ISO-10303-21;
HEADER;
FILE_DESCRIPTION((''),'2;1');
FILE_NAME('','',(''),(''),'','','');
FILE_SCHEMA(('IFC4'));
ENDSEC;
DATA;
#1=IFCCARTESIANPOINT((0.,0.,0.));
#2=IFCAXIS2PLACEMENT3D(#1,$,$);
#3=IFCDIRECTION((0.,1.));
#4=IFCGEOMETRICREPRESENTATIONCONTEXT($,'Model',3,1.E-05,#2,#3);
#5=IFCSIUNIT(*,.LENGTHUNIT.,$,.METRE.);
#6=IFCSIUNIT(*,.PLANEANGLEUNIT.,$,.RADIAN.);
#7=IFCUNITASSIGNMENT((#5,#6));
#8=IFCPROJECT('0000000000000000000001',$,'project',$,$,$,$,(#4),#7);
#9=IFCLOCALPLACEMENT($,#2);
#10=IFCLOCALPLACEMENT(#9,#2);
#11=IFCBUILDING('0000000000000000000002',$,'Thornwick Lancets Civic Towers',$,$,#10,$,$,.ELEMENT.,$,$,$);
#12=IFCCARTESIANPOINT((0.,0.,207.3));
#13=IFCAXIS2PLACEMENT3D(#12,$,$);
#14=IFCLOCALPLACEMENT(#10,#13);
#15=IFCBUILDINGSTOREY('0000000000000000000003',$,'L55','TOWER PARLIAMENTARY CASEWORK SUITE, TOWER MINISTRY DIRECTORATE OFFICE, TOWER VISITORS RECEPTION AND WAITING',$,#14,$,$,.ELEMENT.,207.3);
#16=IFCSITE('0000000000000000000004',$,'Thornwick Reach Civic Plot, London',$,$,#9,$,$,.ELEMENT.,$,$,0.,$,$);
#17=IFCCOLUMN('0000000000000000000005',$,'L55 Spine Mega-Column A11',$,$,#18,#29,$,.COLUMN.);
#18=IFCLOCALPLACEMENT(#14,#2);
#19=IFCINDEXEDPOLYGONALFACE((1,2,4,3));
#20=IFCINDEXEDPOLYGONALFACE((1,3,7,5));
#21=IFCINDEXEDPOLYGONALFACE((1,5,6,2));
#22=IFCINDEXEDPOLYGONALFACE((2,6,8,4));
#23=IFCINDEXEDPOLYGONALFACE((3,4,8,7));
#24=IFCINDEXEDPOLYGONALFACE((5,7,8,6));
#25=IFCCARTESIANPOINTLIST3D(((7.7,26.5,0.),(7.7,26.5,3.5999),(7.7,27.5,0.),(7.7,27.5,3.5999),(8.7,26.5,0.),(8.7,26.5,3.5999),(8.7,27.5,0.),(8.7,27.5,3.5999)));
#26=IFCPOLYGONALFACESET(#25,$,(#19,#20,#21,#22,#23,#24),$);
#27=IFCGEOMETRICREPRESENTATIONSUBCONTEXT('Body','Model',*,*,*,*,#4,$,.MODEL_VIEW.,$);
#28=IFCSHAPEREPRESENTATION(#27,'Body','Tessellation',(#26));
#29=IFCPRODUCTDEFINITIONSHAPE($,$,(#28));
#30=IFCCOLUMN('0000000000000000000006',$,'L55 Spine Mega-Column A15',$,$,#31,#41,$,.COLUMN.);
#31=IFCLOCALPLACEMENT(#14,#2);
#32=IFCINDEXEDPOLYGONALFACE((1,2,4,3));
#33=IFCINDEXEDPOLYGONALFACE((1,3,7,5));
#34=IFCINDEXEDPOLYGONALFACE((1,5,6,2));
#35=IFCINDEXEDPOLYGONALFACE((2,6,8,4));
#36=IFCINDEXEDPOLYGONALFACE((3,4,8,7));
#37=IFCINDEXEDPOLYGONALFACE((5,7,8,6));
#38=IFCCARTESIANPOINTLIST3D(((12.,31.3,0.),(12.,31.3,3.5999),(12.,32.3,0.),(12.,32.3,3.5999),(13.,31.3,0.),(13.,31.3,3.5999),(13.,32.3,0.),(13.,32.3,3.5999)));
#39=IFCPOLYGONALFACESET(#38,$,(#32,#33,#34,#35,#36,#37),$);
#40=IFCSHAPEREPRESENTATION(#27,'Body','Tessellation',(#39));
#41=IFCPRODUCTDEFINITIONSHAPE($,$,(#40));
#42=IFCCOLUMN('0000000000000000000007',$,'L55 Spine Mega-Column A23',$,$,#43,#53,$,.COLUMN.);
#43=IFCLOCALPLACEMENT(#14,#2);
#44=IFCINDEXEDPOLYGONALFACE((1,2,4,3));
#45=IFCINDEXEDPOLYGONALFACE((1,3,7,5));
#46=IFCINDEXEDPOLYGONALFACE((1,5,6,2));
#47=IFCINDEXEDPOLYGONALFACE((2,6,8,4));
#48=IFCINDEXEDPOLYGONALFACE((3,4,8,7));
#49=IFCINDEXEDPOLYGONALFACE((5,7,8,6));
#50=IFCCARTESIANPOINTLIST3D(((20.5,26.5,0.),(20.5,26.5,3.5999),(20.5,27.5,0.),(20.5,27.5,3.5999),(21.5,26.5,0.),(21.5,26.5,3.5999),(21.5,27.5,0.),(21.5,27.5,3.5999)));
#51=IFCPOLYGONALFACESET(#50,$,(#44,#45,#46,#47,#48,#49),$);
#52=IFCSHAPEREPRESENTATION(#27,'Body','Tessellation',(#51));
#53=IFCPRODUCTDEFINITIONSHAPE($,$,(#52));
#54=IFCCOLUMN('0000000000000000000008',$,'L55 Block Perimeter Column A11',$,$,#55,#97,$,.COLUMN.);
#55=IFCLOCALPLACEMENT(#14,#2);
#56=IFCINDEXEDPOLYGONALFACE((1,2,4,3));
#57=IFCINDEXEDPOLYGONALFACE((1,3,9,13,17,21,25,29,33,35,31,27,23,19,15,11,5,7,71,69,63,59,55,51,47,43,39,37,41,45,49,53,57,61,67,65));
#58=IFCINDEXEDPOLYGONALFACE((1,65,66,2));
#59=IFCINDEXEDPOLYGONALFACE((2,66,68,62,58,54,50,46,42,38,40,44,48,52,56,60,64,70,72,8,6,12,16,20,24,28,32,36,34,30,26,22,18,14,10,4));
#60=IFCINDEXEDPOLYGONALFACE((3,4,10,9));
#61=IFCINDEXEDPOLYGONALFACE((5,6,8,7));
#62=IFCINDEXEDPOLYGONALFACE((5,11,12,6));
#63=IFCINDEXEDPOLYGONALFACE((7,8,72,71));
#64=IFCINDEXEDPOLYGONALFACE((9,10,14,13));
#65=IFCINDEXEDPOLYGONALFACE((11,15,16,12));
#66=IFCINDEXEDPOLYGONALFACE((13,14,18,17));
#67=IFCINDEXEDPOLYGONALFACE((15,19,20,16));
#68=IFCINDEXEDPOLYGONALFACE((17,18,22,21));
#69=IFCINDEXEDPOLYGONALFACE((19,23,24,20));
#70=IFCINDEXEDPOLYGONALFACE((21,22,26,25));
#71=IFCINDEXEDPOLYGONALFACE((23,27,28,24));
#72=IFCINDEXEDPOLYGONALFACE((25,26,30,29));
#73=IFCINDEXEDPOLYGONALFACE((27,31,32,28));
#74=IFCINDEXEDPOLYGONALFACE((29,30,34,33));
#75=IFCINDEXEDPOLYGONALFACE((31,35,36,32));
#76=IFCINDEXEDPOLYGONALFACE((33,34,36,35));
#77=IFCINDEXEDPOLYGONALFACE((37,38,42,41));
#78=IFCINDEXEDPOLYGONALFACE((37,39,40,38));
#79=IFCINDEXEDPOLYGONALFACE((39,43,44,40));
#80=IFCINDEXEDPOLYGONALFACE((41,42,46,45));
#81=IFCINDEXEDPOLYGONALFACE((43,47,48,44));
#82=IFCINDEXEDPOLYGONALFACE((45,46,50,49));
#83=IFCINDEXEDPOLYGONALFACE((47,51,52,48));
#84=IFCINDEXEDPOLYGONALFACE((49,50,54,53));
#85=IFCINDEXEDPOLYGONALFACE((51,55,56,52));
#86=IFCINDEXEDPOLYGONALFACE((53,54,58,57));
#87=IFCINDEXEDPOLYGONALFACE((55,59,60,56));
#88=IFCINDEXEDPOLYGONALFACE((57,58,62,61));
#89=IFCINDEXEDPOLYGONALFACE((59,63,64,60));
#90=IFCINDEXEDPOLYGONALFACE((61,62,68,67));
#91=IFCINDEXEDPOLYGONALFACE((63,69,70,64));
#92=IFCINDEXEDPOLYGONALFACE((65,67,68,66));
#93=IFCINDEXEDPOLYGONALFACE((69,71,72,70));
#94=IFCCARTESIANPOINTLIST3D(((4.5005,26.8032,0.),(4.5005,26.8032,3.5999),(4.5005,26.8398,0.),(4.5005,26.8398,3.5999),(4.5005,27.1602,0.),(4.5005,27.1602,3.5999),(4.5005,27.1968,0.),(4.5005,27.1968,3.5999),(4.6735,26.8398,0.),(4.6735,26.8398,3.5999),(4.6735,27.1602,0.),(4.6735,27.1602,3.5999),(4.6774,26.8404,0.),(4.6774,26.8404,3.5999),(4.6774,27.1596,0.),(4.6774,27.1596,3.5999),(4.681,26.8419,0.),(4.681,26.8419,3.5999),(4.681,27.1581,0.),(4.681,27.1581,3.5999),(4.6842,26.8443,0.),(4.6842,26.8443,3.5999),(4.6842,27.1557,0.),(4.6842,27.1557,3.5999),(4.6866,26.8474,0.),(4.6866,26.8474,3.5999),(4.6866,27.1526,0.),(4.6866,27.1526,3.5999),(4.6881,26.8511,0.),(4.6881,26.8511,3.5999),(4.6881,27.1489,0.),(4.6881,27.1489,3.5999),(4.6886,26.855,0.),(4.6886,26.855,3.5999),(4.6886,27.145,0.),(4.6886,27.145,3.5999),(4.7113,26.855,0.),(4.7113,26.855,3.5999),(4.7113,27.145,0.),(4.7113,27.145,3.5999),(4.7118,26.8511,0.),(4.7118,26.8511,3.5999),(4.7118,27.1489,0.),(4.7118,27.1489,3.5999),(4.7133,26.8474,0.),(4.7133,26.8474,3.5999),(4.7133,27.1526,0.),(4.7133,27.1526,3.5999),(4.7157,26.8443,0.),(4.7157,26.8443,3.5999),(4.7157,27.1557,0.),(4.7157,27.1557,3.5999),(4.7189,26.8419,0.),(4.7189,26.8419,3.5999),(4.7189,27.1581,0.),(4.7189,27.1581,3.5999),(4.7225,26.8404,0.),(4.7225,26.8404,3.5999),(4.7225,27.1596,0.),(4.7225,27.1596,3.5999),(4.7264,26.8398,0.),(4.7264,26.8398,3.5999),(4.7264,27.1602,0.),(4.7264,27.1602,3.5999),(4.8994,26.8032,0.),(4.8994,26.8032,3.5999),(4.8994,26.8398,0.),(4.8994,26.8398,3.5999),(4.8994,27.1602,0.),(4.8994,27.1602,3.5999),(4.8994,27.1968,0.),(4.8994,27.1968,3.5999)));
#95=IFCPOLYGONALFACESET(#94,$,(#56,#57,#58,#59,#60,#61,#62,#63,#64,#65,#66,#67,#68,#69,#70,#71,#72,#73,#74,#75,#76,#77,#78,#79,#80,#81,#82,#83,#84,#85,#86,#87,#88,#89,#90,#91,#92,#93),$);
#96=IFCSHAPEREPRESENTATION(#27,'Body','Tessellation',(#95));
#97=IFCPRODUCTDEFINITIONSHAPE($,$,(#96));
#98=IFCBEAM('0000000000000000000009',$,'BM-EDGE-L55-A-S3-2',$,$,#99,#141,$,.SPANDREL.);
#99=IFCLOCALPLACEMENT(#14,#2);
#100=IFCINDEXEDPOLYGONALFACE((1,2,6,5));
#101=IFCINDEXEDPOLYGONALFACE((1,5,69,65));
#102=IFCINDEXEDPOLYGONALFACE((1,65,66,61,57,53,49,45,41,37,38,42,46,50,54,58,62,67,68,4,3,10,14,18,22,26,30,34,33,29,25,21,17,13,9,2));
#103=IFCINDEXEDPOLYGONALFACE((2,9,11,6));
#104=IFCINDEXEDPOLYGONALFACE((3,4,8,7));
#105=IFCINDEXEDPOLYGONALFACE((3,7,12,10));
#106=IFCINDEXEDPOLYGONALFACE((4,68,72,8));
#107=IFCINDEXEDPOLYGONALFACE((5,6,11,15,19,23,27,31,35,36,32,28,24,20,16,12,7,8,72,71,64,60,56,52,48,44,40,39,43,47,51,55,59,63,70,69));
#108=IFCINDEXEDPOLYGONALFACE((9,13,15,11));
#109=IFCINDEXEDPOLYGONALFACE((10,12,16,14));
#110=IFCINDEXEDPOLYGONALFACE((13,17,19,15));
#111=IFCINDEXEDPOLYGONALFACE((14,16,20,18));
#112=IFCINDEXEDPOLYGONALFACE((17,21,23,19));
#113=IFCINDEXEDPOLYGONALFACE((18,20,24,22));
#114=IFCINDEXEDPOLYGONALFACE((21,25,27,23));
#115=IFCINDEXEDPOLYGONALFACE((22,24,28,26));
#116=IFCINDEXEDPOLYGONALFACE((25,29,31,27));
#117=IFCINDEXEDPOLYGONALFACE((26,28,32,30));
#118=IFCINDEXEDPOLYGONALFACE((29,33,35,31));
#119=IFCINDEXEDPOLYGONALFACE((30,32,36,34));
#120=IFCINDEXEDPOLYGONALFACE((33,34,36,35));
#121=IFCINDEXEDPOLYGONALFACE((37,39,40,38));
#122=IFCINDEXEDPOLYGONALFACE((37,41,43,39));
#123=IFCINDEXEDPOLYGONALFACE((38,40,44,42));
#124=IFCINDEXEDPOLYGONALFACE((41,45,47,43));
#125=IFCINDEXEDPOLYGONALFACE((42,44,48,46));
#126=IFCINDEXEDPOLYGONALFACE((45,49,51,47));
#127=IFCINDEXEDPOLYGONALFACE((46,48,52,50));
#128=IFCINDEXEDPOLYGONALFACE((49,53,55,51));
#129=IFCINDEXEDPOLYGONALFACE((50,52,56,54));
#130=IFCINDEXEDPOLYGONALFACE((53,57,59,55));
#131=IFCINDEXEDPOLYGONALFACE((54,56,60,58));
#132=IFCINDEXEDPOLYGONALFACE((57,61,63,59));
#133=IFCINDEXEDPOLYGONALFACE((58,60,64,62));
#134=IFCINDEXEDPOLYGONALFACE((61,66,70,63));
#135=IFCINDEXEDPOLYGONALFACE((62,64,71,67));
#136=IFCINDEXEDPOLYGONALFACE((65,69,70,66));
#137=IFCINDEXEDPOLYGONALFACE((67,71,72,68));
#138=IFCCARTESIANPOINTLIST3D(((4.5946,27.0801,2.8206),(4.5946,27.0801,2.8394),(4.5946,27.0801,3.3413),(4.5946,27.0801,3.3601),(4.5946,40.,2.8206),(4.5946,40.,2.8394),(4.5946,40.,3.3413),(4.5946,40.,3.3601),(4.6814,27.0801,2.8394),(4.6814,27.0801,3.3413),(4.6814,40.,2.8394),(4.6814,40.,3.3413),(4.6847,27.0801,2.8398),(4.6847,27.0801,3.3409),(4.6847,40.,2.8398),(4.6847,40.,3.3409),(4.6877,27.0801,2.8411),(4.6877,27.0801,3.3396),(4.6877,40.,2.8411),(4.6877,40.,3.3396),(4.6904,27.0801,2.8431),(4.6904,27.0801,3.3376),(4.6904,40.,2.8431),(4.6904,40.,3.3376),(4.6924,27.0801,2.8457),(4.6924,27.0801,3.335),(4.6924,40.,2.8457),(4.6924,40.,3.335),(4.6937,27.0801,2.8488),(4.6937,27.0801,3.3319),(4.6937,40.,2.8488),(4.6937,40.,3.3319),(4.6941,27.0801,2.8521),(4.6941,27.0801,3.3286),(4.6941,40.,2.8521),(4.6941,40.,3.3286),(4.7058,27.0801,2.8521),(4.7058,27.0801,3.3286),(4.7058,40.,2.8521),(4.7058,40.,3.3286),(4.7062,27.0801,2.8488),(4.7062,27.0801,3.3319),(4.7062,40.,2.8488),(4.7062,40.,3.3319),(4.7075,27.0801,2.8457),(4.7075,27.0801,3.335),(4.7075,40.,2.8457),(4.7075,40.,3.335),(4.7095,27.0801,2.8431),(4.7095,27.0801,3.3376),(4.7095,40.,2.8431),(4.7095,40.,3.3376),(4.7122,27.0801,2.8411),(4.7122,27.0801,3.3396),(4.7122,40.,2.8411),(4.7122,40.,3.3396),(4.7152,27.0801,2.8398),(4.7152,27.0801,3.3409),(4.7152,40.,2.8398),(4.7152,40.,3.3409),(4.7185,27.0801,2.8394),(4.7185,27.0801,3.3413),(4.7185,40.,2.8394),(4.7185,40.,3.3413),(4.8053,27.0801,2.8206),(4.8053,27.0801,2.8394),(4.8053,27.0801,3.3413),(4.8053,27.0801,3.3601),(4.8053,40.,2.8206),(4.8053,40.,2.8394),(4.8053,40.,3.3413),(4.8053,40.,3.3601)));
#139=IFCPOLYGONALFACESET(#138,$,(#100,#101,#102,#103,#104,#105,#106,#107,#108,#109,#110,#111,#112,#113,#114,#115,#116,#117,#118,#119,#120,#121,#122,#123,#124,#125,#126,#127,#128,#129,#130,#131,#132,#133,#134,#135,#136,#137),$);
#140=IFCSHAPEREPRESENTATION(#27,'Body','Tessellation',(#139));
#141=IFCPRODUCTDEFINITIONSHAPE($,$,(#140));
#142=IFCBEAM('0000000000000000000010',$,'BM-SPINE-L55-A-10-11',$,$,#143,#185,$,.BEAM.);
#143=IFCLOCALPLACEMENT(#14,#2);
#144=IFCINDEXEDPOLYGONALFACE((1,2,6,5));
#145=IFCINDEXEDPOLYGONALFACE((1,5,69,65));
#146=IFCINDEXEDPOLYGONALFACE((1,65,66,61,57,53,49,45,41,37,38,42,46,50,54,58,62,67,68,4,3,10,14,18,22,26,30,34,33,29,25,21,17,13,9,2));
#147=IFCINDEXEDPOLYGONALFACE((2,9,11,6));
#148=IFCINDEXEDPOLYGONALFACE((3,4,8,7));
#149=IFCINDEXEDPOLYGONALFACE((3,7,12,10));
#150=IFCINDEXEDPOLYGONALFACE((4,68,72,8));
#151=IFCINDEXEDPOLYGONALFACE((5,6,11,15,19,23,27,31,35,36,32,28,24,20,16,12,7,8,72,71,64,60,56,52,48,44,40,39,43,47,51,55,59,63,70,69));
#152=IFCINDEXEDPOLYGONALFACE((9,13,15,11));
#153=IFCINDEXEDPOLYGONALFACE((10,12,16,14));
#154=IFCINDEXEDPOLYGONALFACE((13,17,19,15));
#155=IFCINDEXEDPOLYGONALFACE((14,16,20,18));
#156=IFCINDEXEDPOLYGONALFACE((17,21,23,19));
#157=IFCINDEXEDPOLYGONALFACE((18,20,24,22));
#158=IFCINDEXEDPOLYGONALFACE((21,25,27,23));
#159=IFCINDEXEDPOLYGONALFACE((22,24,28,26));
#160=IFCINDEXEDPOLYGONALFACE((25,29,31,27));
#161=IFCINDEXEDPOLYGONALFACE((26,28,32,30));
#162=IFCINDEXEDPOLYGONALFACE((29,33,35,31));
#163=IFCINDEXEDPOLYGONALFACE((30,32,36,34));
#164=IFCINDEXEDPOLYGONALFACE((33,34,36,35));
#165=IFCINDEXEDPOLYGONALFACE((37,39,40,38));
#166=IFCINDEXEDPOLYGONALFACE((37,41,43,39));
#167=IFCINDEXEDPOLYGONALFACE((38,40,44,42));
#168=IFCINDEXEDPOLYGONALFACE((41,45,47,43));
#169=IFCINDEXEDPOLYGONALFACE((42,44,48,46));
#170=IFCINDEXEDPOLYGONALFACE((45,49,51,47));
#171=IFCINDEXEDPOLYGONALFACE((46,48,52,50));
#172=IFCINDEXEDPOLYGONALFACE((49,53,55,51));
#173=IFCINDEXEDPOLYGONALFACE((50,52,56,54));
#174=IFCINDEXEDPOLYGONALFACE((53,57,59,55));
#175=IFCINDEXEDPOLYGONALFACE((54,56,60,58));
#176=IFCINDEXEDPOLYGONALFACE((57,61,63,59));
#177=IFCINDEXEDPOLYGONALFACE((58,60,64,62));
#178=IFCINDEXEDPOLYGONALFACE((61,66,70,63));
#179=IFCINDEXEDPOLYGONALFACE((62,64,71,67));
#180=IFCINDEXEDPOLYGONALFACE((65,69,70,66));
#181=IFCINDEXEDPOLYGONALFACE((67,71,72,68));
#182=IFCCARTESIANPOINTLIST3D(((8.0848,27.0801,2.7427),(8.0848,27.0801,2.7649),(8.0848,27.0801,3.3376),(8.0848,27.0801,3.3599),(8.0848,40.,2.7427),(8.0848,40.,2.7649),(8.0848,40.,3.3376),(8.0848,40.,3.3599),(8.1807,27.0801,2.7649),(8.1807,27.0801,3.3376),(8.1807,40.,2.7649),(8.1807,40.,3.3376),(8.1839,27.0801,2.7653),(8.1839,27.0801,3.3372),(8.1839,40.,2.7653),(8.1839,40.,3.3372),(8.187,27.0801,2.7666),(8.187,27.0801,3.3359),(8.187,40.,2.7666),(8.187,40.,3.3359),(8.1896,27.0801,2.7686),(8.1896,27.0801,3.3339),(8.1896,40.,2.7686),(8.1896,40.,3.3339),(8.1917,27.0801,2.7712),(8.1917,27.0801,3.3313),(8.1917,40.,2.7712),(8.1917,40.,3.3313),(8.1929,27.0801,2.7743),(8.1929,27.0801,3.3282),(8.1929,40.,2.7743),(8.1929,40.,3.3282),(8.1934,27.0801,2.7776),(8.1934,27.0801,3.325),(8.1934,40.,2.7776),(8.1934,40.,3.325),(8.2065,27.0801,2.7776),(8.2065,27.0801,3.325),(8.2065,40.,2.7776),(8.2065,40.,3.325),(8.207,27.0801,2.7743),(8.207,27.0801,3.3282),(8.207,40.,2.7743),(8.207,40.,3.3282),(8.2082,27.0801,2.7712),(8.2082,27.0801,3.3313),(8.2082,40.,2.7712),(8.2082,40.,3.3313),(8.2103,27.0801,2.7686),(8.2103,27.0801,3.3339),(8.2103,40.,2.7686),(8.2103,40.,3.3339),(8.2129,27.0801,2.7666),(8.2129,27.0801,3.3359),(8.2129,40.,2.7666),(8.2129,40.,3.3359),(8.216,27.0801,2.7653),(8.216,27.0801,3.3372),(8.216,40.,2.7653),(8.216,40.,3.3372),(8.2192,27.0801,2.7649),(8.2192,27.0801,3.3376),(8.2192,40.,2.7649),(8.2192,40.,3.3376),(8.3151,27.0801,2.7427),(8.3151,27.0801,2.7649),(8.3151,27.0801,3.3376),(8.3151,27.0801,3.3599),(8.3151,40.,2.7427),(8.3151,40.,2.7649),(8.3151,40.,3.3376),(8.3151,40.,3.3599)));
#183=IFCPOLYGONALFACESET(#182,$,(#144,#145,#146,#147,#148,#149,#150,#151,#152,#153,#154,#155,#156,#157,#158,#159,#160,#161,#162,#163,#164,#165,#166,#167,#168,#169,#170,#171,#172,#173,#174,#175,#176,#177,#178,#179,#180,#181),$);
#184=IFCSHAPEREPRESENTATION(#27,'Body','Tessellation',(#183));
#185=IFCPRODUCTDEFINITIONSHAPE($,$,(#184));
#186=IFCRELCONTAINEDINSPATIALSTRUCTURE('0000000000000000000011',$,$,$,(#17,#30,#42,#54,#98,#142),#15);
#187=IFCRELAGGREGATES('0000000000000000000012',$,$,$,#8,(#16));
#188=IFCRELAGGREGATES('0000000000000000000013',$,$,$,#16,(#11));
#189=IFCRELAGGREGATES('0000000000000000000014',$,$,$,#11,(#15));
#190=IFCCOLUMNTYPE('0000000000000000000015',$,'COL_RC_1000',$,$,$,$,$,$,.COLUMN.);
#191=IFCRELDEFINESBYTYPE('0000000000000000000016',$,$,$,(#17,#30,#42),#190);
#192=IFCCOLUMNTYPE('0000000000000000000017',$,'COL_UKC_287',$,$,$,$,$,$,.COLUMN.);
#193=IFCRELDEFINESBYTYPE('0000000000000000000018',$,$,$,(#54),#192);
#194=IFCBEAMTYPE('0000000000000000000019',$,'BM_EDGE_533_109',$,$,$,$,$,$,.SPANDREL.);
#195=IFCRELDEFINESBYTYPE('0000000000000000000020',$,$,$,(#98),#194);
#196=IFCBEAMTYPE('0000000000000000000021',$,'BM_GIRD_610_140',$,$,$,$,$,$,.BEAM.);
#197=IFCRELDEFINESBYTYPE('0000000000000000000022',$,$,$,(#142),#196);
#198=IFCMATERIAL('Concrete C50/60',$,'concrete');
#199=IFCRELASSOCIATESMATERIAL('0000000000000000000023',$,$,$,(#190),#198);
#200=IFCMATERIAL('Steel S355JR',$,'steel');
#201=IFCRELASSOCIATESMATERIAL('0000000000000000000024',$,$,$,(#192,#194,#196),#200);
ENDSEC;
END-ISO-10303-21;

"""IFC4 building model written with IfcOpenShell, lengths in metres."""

from ifc_helpers import new_model, si_unit, direction, frame, origin, origin_2d, place, context, subcontext, project, spatial, rectangle, i_section, extrude, material, material_profile, profile_set, type_object, element, save


model = new_model("IFC4")

# Units and contexts
model_context = context("Model", 3, precision=1e-05, world=origin(), true_north=direction((0.0, 1.0)))
body_context = subcontext(model_context, "Body", "Model", "MODEL_VIEW")
ifc_project = project(units=[si_unit("LENGTHUNIT", "METRE"), si_unit("PLANEANGLEUNIT", "RADIAN")], contexts=[model_context])

# Site, building, storey
site_placement = place(None, origin())
site = spatial("IfcSite", under=ifc_project, at=site_placement, Name="Thornwick Reach Civic Plot, London", CompositionType="ELEMENT", RefElevation=0.0)
building_placement = place(site_placement, origin())
building = spatial("IfcBuilding", under=site, at=building_placement, Name="Thornwick Lancets Civic Towers", CompositionType="ELEMENT")
storey_placement = place(building_placement, frame((0.0, 0.0, 207.3)))
storey = spatial("IfcBuildingStorey", under=building, at=storey_placement, Name="L55", Description="TOWER PARLIAMENTARY CASEWORK SUITE, TOWER MINISTRY DIRECTORATE OFFICE, TOWER VISITORS RECEPTION AND WAITING", CompositionType="ELEMENT", Elevation=207.3)

# Columns
ifc_material_1 = material(Name="Concrete C50/60", Category="concrete")
ifc_material_profile_1 = material_profile(ifc_material_1, rectangle(XDim=1.0, YDim=1.0, at=origin_2d()), Name="RC 1000x1000")
ifc_profile_set_1 = profile_set([ifc_material_profile_1], Name="Concrete C50/60")
column_type_1 = type_object("IfcColumnType", Name="COL_RC_1000", PredefinedType="COLUMN", material=ifc_profile_set_1)
for number, where, z_axis, x_axis, name in (
    (1, (8.2, 27.0, 0.0), (0.0, 0.0, 1.0), (1.0, 0.0, 0.0), "L55 Spine Mega-Column A11"),
    (2, (12.5, 31.8, 0.0), (0.0, 0.0, 1.0), (1.0, 0.0, 0.0), "L55 Spine Mega-Column A15"),
    (3, (21.0, 27.0, 0.0), (0.0, 0.0, 1.0), (1.0, 0.0, 0.0), "L55 Spine Mega-Column A23"),
):
    element("IfcColumn", number, at=place(storey_placement, frame(where, z_axis=z_axis, x_axis=x_axis)), inside=storey, type_object=column_type_1, Name=name, PredefinedType="COLUMN", context=body_context, shape_type="SweptSolid", body=[
        extrude(rectangle(XDim=1.0, YDim=1.0, at=origin_2d()), origin(), (0.0, 0.0, 1.0), 3.5999),
    ])
ifc_material_2 = material(Name="Steel S355JR", Category="steel")
ifc_material_profile_2 = material_profile(ifc_material_2, i_section(OverallWidth=0.3989, OverallDepth=0.3936, WebThickness=0.0227, FlangeThickness=0.0366, FilletRadius=0.0151, at=origin_2d()), Name="UKC 356x406x287")
ifc_profile_set_2 = profile_set([ifc_material_profile_2], Name="Steel S355JR")
column_type_2 = type_object("IfcColumnType", Name="COL_UKC_287", PredefinedType="COLUMN", material=ifc_profile_set_2)
column_placement = place(storey_placement, frame((4.7, 27.0, 0.0), z_axis=(0.0, 0.0, 1.0), x_axis=(1.0, 0.0, 0.0)))
element("IfcColumn", 4, at=column_placement, inside=storey, type_object=column_type_2, Name="L55 Block Perimeter Column A11", PredefinedType="COLUMN", context=body_context, shape_type="SweptSolid", body=[
    extrude(i_section(OverallWidth=0.3989, OverallDepth=0.3936, WebThickness=0.0227, FlangeThickness=0.0366, FilletRadius=0.0151, at=origin_2d()), origin(), (0.0, 0.0, 1.0), 3.5999),
])

# Beams
ifc_material_profile_3 = material_profile(ifc_material_2, i_section(OverallWidth=0.2107, OverallDepth=0.5396, WebThickness=0.0117, FlangeThickness=0.0188, FilletRadius=0.0127, at=origin_2d()), Name="UKB 533x210x109")
ifc_profile_set_3 = profile_set([ifc_material_profile_3], Name="Steel S355JR")
beam_type_1 = type_object("IfcBeamType", Name="BM_EDGE_533_109", PredefinedType="SPANDREL", material=ifc_profile_set_3)
beam_1_placement = place(storey_placement, frame((4.7, 27.0801, 3.0903), z_axis=(0.0, 1.0, 0.0), x_axis=(-1.0, 0.0, 0.0)))
element("IfcBeam", 5, at=beam_1_placement, inside=storey, type_object=beam_type_1, Name="BM-EDGE-L55-A-S3-2", PredefinedType="SPANDREL", context=body_context, shape_type="SweptSolid", body=[
    extrude(i_section(OverallWidth=0.2107, OverallDepth=0.5396, WebThickness=0.0117, FlangeThickness=0.0188, FilletRadius=0.0127, at=origin_2d()), origin(), (0.0, 0.0, 1.0), 12.9199),
])
ifc_material_profile_4 = material_profile(ifc_material_2, i_section(OverallWidth=0.2302, OverallDepth=0.6172, WebThickness=0.0132, FlangeThickness=0.0222, FilletRadius=0.0127, at=origin_2d()), Name="UKB 610x229x140")
ifc_profile_set_4 = profile_set([ifc_material_profile_4], Name="Steel S355JR")
beam_type_2 = type_object("IfcBeamType", Name="BM_GIRD_610_140", PredefinedType="BEAM", material=ifc_profile_set_4)
beam_2_placement = place(storey_placement, frame((8.2, 27.0801, 3.0513), z_axis=(0.0, 1.0, 0.0), x_axis=(-1.0, 0.0, 0.0)))
element("IfcBeam", 6, at=beam_2_placement, inside=storey, type_object=beam_type_2, Name="BM-SPINE-L55-A-10-11", PredefinedType="BEAM", context=body_context, shape_type="SweptSolid", body=[
    extrude(i_section(OverallWidth=0.2302, OverallDepth=0.6172, WebThickness=0.0132, FlangeThickness=0.0222, FilletRadius=0.0127, at=origin_2d()), origin(), (0.0, 0.0, 1.0), 12.9199),
])

save(model, "model.ifc")
